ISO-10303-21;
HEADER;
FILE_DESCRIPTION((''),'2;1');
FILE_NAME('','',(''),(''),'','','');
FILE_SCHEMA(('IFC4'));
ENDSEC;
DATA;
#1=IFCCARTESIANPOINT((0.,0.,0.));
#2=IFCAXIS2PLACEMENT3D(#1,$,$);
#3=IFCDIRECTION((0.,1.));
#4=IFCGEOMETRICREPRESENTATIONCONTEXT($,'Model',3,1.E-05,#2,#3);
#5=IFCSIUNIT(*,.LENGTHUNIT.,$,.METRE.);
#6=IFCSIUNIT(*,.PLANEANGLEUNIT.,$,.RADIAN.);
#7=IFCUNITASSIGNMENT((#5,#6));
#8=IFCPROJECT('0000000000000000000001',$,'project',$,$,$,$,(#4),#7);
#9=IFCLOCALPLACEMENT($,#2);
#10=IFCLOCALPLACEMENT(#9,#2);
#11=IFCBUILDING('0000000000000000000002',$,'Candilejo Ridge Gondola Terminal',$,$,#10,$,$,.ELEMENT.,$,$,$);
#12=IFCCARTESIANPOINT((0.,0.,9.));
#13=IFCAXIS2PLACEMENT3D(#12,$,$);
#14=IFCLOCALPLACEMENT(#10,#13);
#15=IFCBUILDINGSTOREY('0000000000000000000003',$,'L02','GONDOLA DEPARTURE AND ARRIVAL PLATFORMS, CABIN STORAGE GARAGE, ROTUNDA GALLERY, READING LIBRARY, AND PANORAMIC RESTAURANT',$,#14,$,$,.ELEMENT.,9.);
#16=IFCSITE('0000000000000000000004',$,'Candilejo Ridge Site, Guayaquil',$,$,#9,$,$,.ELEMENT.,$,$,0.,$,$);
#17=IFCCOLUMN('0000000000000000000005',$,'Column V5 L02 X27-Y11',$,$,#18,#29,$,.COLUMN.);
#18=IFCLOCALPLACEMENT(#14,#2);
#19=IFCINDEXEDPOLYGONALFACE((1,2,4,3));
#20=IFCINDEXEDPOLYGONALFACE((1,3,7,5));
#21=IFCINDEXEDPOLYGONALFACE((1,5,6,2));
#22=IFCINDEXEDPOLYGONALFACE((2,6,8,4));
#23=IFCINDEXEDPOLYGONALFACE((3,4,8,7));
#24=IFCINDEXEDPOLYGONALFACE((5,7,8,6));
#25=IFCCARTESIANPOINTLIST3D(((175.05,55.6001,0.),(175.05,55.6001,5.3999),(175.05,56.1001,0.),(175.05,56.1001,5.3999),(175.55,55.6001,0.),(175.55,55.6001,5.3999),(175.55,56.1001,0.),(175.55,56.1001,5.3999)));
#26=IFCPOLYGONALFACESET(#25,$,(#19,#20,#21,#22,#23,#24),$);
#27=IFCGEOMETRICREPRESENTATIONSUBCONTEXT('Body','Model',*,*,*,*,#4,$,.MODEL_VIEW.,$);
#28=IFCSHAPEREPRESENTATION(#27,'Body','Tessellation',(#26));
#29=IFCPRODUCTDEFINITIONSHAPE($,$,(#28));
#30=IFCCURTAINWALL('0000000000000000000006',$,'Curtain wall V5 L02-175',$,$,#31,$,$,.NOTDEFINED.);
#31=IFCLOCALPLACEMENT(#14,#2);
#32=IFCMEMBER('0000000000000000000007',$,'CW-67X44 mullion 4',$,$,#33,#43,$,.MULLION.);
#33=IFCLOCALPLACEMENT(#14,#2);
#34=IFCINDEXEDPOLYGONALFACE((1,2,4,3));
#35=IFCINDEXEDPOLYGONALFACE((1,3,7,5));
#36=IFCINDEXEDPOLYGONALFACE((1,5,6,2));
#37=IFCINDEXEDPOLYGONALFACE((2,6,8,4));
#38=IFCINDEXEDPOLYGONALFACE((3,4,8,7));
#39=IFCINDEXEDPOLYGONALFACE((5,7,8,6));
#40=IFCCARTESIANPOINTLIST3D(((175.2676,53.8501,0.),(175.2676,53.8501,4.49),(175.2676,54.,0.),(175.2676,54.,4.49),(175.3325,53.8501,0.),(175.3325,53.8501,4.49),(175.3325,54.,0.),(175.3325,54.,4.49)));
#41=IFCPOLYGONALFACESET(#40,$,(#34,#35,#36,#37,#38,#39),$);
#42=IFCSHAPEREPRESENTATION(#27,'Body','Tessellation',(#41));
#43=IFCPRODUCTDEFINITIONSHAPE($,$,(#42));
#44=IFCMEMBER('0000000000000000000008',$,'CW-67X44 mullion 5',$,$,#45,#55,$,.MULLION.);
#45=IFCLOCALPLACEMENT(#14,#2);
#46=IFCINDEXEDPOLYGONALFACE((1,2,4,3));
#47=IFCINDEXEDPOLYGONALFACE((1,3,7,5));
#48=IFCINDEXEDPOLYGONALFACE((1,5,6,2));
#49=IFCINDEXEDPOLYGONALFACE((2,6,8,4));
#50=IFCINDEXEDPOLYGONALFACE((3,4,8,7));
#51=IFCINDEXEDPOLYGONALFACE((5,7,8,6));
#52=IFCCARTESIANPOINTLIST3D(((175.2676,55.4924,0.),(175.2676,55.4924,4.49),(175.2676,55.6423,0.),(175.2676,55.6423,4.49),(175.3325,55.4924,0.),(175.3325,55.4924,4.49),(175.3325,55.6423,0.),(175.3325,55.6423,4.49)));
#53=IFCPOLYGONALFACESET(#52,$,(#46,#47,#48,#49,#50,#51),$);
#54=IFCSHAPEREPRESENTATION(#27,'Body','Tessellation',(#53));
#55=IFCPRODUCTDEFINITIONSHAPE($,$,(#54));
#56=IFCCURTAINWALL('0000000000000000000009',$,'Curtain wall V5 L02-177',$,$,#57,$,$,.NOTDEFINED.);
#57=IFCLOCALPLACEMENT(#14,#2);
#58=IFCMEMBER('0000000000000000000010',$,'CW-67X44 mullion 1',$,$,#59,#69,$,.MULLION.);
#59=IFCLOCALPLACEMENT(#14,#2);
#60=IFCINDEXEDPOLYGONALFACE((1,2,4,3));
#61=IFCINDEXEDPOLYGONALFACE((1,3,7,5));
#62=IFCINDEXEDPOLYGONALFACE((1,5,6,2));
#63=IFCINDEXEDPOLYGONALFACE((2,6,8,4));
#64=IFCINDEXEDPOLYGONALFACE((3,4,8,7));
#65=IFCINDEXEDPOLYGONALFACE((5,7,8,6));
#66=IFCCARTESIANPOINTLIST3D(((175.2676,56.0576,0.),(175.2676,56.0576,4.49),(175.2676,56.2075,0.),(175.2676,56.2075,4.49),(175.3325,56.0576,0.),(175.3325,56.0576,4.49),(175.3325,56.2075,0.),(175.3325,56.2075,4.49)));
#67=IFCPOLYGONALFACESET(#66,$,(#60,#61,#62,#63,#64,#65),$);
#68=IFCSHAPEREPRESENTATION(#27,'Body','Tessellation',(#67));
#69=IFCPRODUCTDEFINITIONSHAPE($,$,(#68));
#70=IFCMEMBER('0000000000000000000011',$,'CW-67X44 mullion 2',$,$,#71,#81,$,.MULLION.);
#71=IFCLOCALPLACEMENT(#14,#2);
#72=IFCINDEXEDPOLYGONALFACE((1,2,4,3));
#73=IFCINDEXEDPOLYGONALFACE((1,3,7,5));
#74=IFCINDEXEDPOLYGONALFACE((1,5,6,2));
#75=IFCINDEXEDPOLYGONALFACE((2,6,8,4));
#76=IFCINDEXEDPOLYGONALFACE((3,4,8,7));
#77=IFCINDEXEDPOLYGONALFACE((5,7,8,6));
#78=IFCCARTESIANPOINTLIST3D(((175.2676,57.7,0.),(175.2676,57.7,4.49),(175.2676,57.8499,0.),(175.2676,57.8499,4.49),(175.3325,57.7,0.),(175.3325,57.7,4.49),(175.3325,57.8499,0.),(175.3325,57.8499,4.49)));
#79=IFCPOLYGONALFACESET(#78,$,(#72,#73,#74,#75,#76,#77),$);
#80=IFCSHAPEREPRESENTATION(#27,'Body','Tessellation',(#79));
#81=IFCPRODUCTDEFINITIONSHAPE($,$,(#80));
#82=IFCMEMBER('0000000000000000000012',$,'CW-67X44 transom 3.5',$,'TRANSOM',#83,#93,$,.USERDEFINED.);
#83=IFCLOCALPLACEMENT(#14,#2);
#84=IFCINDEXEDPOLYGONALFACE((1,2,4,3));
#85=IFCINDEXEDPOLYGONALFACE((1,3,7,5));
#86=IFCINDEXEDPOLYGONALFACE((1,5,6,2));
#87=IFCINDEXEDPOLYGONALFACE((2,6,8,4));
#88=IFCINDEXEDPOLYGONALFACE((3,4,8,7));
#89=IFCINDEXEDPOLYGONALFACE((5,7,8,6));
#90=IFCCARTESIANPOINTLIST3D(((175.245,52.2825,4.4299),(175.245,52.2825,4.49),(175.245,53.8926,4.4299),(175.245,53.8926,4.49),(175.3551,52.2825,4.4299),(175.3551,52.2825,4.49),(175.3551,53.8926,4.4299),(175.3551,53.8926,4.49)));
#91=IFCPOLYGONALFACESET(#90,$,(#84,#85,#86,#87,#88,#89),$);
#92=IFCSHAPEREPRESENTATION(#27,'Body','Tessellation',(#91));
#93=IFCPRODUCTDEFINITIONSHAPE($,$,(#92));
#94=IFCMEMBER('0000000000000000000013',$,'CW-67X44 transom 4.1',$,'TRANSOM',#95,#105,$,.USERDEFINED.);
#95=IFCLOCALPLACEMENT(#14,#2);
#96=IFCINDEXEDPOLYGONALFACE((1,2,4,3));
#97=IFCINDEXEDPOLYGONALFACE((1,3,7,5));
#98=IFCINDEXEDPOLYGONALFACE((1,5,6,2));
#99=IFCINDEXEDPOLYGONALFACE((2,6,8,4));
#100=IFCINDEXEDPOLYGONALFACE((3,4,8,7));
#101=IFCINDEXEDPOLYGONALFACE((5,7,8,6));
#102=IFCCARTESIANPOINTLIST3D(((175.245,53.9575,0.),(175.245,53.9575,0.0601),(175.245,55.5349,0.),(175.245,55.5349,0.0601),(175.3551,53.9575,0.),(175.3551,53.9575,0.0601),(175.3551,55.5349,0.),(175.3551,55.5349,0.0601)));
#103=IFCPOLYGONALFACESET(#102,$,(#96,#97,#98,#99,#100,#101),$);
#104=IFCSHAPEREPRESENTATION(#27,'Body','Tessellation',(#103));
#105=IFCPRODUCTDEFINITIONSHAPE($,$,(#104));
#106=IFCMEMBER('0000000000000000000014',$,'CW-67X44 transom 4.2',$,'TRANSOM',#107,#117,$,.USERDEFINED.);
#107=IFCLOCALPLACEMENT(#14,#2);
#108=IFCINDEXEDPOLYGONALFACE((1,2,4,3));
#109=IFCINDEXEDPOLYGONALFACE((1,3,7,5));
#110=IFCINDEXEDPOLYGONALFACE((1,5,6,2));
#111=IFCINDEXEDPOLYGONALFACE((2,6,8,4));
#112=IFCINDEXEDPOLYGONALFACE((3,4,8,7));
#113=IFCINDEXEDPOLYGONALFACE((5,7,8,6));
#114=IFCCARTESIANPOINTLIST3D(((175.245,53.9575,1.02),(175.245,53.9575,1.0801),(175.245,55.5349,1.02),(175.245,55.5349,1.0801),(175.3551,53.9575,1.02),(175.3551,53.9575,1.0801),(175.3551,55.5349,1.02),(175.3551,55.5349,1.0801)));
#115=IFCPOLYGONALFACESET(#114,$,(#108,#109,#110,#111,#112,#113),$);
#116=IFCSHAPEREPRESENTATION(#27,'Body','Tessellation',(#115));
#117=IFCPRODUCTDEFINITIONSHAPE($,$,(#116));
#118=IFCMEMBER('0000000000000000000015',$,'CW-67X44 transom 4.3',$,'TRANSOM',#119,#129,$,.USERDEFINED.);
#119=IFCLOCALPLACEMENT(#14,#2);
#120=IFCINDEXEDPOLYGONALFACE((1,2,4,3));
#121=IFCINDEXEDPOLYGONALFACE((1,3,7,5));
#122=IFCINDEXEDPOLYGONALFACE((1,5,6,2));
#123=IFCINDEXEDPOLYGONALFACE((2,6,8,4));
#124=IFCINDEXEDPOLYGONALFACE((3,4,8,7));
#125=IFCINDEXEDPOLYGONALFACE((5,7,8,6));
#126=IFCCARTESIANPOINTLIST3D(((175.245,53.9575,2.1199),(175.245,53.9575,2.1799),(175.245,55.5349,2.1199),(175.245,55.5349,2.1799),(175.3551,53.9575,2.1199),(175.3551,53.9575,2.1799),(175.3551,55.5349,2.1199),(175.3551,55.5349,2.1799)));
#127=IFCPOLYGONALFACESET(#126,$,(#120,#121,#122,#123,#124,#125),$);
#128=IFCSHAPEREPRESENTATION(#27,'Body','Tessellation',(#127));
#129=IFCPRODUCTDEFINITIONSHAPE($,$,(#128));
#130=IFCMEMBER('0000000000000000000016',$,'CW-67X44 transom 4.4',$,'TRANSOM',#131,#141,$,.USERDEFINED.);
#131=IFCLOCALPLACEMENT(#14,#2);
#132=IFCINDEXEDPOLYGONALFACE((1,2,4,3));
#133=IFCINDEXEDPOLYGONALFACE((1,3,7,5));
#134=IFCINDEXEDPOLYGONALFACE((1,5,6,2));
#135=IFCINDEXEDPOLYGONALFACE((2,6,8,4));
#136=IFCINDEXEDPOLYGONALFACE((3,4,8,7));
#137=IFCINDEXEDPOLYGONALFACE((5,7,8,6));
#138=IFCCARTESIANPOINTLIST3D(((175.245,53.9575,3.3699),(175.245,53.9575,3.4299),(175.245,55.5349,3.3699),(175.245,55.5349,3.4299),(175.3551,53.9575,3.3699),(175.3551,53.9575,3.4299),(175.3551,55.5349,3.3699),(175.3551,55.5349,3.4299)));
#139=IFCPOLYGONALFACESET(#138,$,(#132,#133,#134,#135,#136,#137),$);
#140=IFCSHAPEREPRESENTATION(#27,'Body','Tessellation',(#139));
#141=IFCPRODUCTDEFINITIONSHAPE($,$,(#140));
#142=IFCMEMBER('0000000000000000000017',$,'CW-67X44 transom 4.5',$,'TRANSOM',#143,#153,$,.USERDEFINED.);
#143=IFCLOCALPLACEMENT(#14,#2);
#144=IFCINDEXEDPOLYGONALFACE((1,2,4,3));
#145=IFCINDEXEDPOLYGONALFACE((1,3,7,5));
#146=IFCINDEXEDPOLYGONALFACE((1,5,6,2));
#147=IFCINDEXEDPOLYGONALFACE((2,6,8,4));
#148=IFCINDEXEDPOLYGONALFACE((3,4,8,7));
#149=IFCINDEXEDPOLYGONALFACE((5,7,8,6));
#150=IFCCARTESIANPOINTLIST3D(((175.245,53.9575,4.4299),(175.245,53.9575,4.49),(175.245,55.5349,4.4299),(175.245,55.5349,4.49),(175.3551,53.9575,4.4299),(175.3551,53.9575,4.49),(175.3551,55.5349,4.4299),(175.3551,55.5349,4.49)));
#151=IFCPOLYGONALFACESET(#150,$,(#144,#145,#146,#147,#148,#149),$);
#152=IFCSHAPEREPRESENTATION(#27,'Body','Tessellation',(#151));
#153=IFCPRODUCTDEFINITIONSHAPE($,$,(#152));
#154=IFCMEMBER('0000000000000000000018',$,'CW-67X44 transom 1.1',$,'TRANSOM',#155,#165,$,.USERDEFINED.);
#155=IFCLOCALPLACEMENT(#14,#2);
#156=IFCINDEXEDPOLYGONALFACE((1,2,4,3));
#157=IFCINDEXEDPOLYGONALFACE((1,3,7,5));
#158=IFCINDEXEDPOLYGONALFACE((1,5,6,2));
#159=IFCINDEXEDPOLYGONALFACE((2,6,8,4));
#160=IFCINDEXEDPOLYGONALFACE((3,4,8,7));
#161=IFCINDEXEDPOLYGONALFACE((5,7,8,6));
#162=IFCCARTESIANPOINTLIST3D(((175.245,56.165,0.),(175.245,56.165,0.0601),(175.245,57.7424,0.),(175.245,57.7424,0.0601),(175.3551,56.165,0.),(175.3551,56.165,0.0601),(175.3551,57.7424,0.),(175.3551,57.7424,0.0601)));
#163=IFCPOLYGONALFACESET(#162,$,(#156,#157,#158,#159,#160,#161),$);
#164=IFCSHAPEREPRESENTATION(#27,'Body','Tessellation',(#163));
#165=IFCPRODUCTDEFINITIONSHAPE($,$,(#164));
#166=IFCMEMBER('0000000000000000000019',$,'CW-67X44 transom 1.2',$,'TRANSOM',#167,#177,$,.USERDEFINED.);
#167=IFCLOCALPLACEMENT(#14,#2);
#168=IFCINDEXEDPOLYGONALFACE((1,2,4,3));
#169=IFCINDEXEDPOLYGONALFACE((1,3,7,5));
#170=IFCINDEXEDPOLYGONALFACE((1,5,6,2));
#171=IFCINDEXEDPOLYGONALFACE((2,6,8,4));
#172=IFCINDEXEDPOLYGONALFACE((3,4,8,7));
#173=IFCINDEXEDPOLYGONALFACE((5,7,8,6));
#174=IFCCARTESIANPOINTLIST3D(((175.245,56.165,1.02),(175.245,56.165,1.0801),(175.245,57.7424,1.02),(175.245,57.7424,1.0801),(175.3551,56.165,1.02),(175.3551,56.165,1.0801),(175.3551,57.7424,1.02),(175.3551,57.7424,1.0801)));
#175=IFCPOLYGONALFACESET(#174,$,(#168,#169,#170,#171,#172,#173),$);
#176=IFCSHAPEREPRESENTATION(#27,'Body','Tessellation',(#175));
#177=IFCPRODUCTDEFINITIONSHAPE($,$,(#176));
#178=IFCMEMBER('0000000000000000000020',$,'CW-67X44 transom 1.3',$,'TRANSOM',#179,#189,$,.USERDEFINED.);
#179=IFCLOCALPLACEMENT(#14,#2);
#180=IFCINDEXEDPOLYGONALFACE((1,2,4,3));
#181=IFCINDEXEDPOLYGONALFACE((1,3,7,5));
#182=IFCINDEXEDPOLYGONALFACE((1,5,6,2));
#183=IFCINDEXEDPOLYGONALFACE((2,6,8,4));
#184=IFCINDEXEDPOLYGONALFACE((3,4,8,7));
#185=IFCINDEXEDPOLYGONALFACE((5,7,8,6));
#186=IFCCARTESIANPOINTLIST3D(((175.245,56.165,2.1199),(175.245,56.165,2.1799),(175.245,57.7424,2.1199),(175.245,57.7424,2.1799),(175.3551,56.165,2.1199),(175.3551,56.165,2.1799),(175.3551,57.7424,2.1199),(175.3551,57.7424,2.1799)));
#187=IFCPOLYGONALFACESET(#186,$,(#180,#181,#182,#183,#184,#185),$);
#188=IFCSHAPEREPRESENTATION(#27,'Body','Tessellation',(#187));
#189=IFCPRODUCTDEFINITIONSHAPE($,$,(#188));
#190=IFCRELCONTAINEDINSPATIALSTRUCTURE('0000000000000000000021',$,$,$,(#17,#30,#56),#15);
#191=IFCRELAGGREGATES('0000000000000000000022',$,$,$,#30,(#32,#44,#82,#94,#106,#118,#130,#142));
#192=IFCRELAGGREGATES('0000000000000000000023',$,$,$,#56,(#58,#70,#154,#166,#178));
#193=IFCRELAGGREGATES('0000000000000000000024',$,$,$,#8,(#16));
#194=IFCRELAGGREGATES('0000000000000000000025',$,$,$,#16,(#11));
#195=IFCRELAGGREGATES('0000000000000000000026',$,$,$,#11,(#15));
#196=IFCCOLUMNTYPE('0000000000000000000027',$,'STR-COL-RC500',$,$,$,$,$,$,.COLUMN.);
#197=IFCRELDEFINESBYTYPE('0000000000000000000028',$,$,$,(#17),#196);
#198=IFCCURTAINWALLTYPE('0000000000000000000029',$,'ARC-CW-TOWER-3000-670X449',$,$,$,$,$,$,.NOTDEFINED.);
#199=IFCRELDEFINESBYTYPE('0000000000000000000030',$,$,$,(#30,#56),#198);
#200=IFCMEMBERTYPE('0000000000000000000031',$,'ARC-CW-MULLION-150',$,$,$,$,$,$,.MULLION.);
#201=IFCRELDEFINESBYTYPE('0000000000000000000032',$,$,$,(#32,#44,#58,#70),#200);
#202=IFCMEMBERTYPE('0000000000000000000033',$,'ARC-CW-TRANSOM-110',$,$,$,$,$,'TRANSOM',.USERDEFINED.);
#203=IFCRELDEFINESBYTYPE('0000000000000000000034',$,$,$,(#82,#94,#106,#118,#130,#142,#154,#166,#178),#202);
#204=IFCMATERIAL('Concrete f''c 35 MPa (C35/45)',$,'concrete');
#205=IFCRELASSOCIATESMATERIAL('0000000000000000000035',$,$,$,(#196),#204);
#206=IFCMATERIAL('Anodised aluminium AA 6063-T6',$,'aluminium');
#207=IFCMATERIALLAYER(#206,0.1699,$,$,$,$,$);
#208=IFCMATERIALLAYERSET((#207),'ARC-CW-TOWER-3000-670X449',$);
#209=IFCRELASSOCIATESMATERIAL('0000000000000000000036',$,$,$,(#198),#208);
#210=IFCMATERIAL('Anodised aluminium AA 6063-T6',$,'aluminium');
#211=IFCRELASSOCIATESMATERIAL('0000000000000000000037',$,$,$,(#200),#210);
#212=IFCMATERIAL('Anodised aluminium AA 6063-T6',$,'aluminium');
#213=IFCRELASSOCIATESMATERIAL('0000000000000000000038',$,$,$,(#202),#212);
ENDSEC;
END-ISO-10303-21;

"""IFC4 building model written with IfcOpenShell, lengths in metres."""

from ifc_helpers import new_model, si_unit, direction, frame, origin, origin_2d, place, context, subcontext, project, spatial, rectangle, extrude, material, layer, layer_set, material_profile, profile_set, type_object, element, aggregate, save


model = new_model("IFC4")

# Units and contexts
model_context = context("Model", 3, precision=1e-05, world=origin(), true_north=direction((0.0, 1.0)))
body_context = subcontext(model_context, "Body", "Model", "MODEL_VIEW")
ifc_project = project(units=[si_unit("LENGTHUNIT", "METRE"), si_unit("PLANEANGLEUNIT", "RADIAN")], contexts=[model_context])

# Site, building, storey
site_placement = place(None, origin())
site = spatial("IfcSite", under=ifc_project, at=site_placement, Name="Candilejo Ridge Site, Guayaquil", CompositionType="ELEMENT", RefElevation=0.0)
building_placement = place(site_placement, origin())
building = spatial("IfcBuilding", under=site, at=building_placement, Name="Candilejo Ridge Gondola Terminal", CompositionType="ELEMENT")
storey_placement = place(building_placement, frame((0.0, 0.0, 9.0)))
storey = spatial("IfcBuildingStorey", under=building, at=storey_placement, Name="L02", Description="GONDOLA DEPARTURE AND ARRIVAL PLATFORMS, CABIN STORAGE GARAGE, ROTUNDA GALLERY, READING LIBRARY, AND PANORAMIC RESTAURANT", CompositionType="ELEMENT", Elevation=9.0)

# Column
ifc_material_1 = material(Name="Concrete f'c 35 MPa (C35/45)", Category="concrete")
ifc_material_profile_1 = material_profile(ifc_material_1, rectangle(XDim=0.5, YDim=0.5, at=origin_2d()))
ifc_profile_set_1 = profile_set([ifc_material_profile_1], Name="Concrete f'c 35 MPa (C35/45)")
column_type = type_object("IfcColumnType", Name="STR-COL-RC500", PredefinedType="COLUMN", material=ifc_profile_set_1)
column_placement = place(storey_placement, frame((175.3, 55.8501, 0.0), z_axis=(0.0, 0.0, 1.0), x_axis=(1.0, 0.0, 0.0)))
element("IfcColumn", 1, at=column_placement, inside=storey, type_object=column_type, Name="Column V5 L02 X27-Y11", PredefinedType="COLUMN", context=body_context, shape_type="SweptSolid", body=[
    extrude(rectangle(XDim=0.5, YDim=0.5, at=origin_2d()), origin(), (0.0, 0.0, 1.0), 5.3999),
])

# Curtain walls, members
ifc_material_2 = material(Name="Anodised aluminium AA 6063-T6", Category="aluminium")
ifc_layer_1 = layer(ifc_material_2, 0.1699)
ifc_layer_set_1 = layer_set([ifc_layer_1], Name="ARC-CW-TOWER-3000-670X449")
curtain_wall_type = type_object("IfcCurtainWallType", Name="ARC-CW-TOWER-3000-670X449", PredefinedType="NOTDEFINED", material=ifc_layer_set_1)
curtain_wall_1_placement = place(storey_placement, origin())
curtain_wall_1 = element("IfcCurtainWall", 2, at=curtain_wall_1_placement, inside=storey, type_object=curtain_wall_type, Name="Curtain wall V5 L02-175", PredefinedType="NOTDEFINED")
ifc_material_3 = material(Name="Anodised aluminium AA 6063-T6", Category="aluminium")
ifc_material_profile_2 = material_profile(ifc_material_3, rectangle(XDim=0.0649, YDim=0.1499, at=origin_2d()))
ifc_profile_set_2 = profile_set([ifc_material_profile_2], Name="Anodised aluminium AA 6063-T6")
member_type_1 = type_object("IfcMemberType", Name="ARC-CW-MULLION-150", PredefinedType="MULLION", material=ifc_profile_set_2)
member_1_placement = place(storey_placement, frame((175.3, 53.925, 0.0), z_axis=(0.0, 0.0, 1.0), x_axis=(-1.0, 0.0, 0.0)))
member_1 = element("IfcMember", 3, at=member_1_placement, type_object=member_type_1, Name="CW-67X44 mullion 4", PredefinedType="MULLION", context=body_context, shape_type="SweptSolid", body=[
    extrude(rectangle(XDim=0.0649, YDim=0.1499, at=origin_2d()), origin(), (0.0, 0.0, 1.0), 4.49),
])
member_2_placement = place(storey_placement, frame((175.3, 55.5674, 0.0), z_axis=(0.0, 0.0, 1.0), x_axis=(-1.0, 0.0, 0.0)))
member_2 = element("IfcMember", 4, at=member_2_placement, type_object=member_type_1, Name="CW-67X44 mullion 5", PredefinedType="MULLION", context=body_context, shape_type="SweptSolid", body=[
    extrude(rectangle(XDim=0.0649, YDim=0.1499, at=origin_2d()), origin(), (0.0, 0.0, 1.0), 4.49),
])
curtain_wall_2_placement = place(storey_placement, origin())
curtain_wall_2 = element("IfcCurtainWall", 5, at=curtain_wall_2_placement, inside=storey, type_object=curtain_wall_type, Name="Curtain wall V5 L02-177", PredefinedType="NOTDEFINED")
member_3_placement = place(storey_placement, frame((175.3, 56.1326, 0.0), z_axis=(0.0, 0.0, 1.0), x_axis=(-1.0, 0.0, 0.0)))
member_3 = element("IfcMember", 6, at=member_3_placement, type_object=member_type_1, Name="CW-67X44 mullion 1", PredefinedType="MULLION", context=body_context, shape_type="SweptSolid", body=[
    extrude(rectangle(XDim=0.0649, YDim=0.1499, at=origin_2d()), origin(), (0.0, 0.0, 1.0), 4.49),
])
member_4_placement = place(storey_placement, frame((175.3, 57.7749, 0.0), z_axis=(0.0, 0.0, 1.0), x_axis=(-1.0, 0.0, 0.0)))
member_4 = element("IfcMember", 7, at=member_4_placement, type_object=member_type_1, Name="CW-67X44 mullion 2", PredefinedType="MULLION", context=body_context, shape_type="SweptSolid", body=[
    extrude(rectangle(XDim=0.0649, YDim=0.1499, at=origin_2d()), origin(), (0.0, 0.0, 1.0), 4.49),
])

# Members
ifc_material_4 = material(Name="Anodised aluminium AA 6063-T6", Category="aluminium")
ifc_material_profile_3 = material_profile(ifc_material_4, rectangle(XDim=0.1101, YDim=0.0601, at=origin_2d()))
ifc_profile_set_3 = profile_set([ifc_material_profile_3], Name="Anodised aluminium AA 6063-T6")
member_type_2 = type_object("IfcMemberType", Name="ARC-CW-TRANSOM-110", ElementType="TRANSOM", PredefinedType="USERDEFINED", material=ifc_profile_set_3)
member_5_placement = place(storey_placement, frame((175.3, 52.2825, 4.46), z_axis=(0.0, 1.0, 0.0), x_axis=(-1.0, 0.0, 0.0)))
member_5 = element("IfcMember", 8, at=member_5_placement, type_object=member_type_2, Name="CW-67X44 transom 3.5", ObjectType="TRANSOM", PredefinedType="USERDEFINED", context=body_context, shape_type="SweptSolid", body=[
    extrude(rectangle(XDim=0.1101, YDim=0.0601, at=origin_2d()), origin(), (0.0, 0.0, 1.0), 1.6101),
])
member_6_placement = place(storey_placement, frame((175.3, 53.9575, 0.03), z_axis=(0.0, 1.0, 0.0), x_axis=(-1.0, 0.0, 0.0)))
member_6 = element("IfcMember", 9, at=member_6_placement, type_object=member_type_2, Name="CW-67X44 transom 4.1", ObjectType="TRANSOM", PredefinedType="USERDEFINED", context=body_context, shape_type="SweptSolid", body=[
    extrude(rectangle(XDim=0.1101, YDim=0.0601, at=origin_2d()), origin(), (0.0, 0.0, 1.0), 1.5774),
])
member_7_placement = place(storey_placement, frame((175.3, 53.9575, 1.05), z_axis=(0.0, 1.0, 0.0), x_axis=(-1.0, 0.0, 0.0)))
member_7 = element("IfcMember", 10, at=member_7_placement, type_object=member_type_2, Name="CW-67X44 transom 4.2", ObjectType="TRANSOM", PredefinedType="USERDEFINED", context=body_context, shape_type="SweptSolid", body=[
    extrude(rectangle(XDim=0.1101, YDim=0.0601, at=origin_2d()), origin(), (0.0, 0.0, 1.0), 1.5774),
])
member_8_placement = place(storey_placement, frame((175.3, 53.9575, 2.1499), z_axis=(0.0, 1.0, 0.0), x_axis=(-1.0, 0.0, 0.0)))
member_8 = element("IfcMember", 11, at=member_8_placement, type_object=member_type_2, Name="CW-67X44 transom 4.3", ObjectType="TRANSOM", PredefinedType="USERDEFINED", context=body_context, shape_type="SweptSolid", body=[
    extrude(rectangle(XDim=0.1101, YDim=0.0601, at=origin_2d()), origin(), (0.0, 0.0, 1.0), 1.5774),
])
member_9_placement = place(storey_placement, frame((175.3, 53.9575, 3.3999), z_axis=(0.0, 1.0, 0.0), x_axis=(-1.0, 0.0, 0.0)))
member_9 = element("IfcMember", 12, at=member_9_placement, type_object=member_type_2, Name="CW-67X44 transom 4.4", ObjectType="TRANSOM", PredefinedType="USERDEFINED", context=body_context, shape_type="SweptSolid", body=[
    extrude(rectangle(XDim=0.1101, YDim=0.0601, at=origin_2d()), origin(), (0.0, 0.0, 1.0), 1.5774),
])
member_10_placement = place(storey_placement, frame((175.3, 53.9575, 4.46), z_axis=(0.0, 1.0, 0.0), x_axis=(-1.0, 0.0, 0.0)))
member_10 = element("IfcMember", 13, at=member_10_placement, type_object=member_type_2, Name="CW-67X44 transom 4.5", ObjectType="TRANSOM", PredefinedType="USERDEFINED", context=body_context, shape_type="SweptSolid", body=[
    extrude(rectangle(XDim=0.1101, YDim=0.0601, at=origin_2d()), origin(), (0.0, 0.0, 1.0), 1.5774),
])
member_11_placement = place(storey_placement, frame((175.3, 56.165, 0.03), z_axis=(0.0, 1.0, 0.0), x_axis=(-1.0, 0.0, 0.0)))
member_11 = element("IfcMember", 14, at=member_11_placement, type_object=member_type_2, Name="CW-67X44 transom 1.1", ObjectType="TRANSOM", PredefinedType="USERDEFINED", context=body_context, shape_type="SweptSolid", body=[
    extrude(rectangle(XDim=0.1101, YDim=0.0601, at=origin_2d()), origin(), (0.0, 0.0, 1.0), 1.5774),
])
member_12_placement = place(storey_placement, frame((175.3, 56.165, 1.05), z_axis=(0.0, 1.0, 0.0), x_axis=(-1.0, 0.0, 0.0)))
member_12 = element("IfcMember", 15, at=member_12_placement, type_object=member_type_2, Name="CW-67X44 transom 1.2", ObjectType="TRANSOM", PredefinedType="USERDEFINED", context=body_context, shape_type="SweptSolid", body=[
    extrude(rectangle(XDim=0.1101, YDim=0.0601, at=origin_2d()), origin(), (0.0, 0.0, 1.0), 1.5774),
])
member_13_placement = place(storey_placement, frame((175.3, 56.165, 2.1499), z_axis=(0.0, 1.0, 0.0), x_axis=(-1.0, 0.0, 0.0)))
member_13 = element("IfcMember", 16, at=member_13_placement, type_object=member_type_2, Name="CW-67X44 transom 1.3", ObjectType="TRANSOM", PredefinedType="USERDEFINED", context=body_context, shape_type="SweptSolid", body=[
    extrude(rectangle(XDim=0.1101, YDim=0.0601, at=origin_2d()), origin(), (0.0, 0.0, 1.0), 1.5774),
])

aggregate(curtain_wall_1, [member_1, member_2, member_5, member_6, member_7, member_8, member_9, member_10])
aggregate(curtain_wall_2, [member_3, member_4, member_11, member_12, member_13])

save(model, "model.ifc")
